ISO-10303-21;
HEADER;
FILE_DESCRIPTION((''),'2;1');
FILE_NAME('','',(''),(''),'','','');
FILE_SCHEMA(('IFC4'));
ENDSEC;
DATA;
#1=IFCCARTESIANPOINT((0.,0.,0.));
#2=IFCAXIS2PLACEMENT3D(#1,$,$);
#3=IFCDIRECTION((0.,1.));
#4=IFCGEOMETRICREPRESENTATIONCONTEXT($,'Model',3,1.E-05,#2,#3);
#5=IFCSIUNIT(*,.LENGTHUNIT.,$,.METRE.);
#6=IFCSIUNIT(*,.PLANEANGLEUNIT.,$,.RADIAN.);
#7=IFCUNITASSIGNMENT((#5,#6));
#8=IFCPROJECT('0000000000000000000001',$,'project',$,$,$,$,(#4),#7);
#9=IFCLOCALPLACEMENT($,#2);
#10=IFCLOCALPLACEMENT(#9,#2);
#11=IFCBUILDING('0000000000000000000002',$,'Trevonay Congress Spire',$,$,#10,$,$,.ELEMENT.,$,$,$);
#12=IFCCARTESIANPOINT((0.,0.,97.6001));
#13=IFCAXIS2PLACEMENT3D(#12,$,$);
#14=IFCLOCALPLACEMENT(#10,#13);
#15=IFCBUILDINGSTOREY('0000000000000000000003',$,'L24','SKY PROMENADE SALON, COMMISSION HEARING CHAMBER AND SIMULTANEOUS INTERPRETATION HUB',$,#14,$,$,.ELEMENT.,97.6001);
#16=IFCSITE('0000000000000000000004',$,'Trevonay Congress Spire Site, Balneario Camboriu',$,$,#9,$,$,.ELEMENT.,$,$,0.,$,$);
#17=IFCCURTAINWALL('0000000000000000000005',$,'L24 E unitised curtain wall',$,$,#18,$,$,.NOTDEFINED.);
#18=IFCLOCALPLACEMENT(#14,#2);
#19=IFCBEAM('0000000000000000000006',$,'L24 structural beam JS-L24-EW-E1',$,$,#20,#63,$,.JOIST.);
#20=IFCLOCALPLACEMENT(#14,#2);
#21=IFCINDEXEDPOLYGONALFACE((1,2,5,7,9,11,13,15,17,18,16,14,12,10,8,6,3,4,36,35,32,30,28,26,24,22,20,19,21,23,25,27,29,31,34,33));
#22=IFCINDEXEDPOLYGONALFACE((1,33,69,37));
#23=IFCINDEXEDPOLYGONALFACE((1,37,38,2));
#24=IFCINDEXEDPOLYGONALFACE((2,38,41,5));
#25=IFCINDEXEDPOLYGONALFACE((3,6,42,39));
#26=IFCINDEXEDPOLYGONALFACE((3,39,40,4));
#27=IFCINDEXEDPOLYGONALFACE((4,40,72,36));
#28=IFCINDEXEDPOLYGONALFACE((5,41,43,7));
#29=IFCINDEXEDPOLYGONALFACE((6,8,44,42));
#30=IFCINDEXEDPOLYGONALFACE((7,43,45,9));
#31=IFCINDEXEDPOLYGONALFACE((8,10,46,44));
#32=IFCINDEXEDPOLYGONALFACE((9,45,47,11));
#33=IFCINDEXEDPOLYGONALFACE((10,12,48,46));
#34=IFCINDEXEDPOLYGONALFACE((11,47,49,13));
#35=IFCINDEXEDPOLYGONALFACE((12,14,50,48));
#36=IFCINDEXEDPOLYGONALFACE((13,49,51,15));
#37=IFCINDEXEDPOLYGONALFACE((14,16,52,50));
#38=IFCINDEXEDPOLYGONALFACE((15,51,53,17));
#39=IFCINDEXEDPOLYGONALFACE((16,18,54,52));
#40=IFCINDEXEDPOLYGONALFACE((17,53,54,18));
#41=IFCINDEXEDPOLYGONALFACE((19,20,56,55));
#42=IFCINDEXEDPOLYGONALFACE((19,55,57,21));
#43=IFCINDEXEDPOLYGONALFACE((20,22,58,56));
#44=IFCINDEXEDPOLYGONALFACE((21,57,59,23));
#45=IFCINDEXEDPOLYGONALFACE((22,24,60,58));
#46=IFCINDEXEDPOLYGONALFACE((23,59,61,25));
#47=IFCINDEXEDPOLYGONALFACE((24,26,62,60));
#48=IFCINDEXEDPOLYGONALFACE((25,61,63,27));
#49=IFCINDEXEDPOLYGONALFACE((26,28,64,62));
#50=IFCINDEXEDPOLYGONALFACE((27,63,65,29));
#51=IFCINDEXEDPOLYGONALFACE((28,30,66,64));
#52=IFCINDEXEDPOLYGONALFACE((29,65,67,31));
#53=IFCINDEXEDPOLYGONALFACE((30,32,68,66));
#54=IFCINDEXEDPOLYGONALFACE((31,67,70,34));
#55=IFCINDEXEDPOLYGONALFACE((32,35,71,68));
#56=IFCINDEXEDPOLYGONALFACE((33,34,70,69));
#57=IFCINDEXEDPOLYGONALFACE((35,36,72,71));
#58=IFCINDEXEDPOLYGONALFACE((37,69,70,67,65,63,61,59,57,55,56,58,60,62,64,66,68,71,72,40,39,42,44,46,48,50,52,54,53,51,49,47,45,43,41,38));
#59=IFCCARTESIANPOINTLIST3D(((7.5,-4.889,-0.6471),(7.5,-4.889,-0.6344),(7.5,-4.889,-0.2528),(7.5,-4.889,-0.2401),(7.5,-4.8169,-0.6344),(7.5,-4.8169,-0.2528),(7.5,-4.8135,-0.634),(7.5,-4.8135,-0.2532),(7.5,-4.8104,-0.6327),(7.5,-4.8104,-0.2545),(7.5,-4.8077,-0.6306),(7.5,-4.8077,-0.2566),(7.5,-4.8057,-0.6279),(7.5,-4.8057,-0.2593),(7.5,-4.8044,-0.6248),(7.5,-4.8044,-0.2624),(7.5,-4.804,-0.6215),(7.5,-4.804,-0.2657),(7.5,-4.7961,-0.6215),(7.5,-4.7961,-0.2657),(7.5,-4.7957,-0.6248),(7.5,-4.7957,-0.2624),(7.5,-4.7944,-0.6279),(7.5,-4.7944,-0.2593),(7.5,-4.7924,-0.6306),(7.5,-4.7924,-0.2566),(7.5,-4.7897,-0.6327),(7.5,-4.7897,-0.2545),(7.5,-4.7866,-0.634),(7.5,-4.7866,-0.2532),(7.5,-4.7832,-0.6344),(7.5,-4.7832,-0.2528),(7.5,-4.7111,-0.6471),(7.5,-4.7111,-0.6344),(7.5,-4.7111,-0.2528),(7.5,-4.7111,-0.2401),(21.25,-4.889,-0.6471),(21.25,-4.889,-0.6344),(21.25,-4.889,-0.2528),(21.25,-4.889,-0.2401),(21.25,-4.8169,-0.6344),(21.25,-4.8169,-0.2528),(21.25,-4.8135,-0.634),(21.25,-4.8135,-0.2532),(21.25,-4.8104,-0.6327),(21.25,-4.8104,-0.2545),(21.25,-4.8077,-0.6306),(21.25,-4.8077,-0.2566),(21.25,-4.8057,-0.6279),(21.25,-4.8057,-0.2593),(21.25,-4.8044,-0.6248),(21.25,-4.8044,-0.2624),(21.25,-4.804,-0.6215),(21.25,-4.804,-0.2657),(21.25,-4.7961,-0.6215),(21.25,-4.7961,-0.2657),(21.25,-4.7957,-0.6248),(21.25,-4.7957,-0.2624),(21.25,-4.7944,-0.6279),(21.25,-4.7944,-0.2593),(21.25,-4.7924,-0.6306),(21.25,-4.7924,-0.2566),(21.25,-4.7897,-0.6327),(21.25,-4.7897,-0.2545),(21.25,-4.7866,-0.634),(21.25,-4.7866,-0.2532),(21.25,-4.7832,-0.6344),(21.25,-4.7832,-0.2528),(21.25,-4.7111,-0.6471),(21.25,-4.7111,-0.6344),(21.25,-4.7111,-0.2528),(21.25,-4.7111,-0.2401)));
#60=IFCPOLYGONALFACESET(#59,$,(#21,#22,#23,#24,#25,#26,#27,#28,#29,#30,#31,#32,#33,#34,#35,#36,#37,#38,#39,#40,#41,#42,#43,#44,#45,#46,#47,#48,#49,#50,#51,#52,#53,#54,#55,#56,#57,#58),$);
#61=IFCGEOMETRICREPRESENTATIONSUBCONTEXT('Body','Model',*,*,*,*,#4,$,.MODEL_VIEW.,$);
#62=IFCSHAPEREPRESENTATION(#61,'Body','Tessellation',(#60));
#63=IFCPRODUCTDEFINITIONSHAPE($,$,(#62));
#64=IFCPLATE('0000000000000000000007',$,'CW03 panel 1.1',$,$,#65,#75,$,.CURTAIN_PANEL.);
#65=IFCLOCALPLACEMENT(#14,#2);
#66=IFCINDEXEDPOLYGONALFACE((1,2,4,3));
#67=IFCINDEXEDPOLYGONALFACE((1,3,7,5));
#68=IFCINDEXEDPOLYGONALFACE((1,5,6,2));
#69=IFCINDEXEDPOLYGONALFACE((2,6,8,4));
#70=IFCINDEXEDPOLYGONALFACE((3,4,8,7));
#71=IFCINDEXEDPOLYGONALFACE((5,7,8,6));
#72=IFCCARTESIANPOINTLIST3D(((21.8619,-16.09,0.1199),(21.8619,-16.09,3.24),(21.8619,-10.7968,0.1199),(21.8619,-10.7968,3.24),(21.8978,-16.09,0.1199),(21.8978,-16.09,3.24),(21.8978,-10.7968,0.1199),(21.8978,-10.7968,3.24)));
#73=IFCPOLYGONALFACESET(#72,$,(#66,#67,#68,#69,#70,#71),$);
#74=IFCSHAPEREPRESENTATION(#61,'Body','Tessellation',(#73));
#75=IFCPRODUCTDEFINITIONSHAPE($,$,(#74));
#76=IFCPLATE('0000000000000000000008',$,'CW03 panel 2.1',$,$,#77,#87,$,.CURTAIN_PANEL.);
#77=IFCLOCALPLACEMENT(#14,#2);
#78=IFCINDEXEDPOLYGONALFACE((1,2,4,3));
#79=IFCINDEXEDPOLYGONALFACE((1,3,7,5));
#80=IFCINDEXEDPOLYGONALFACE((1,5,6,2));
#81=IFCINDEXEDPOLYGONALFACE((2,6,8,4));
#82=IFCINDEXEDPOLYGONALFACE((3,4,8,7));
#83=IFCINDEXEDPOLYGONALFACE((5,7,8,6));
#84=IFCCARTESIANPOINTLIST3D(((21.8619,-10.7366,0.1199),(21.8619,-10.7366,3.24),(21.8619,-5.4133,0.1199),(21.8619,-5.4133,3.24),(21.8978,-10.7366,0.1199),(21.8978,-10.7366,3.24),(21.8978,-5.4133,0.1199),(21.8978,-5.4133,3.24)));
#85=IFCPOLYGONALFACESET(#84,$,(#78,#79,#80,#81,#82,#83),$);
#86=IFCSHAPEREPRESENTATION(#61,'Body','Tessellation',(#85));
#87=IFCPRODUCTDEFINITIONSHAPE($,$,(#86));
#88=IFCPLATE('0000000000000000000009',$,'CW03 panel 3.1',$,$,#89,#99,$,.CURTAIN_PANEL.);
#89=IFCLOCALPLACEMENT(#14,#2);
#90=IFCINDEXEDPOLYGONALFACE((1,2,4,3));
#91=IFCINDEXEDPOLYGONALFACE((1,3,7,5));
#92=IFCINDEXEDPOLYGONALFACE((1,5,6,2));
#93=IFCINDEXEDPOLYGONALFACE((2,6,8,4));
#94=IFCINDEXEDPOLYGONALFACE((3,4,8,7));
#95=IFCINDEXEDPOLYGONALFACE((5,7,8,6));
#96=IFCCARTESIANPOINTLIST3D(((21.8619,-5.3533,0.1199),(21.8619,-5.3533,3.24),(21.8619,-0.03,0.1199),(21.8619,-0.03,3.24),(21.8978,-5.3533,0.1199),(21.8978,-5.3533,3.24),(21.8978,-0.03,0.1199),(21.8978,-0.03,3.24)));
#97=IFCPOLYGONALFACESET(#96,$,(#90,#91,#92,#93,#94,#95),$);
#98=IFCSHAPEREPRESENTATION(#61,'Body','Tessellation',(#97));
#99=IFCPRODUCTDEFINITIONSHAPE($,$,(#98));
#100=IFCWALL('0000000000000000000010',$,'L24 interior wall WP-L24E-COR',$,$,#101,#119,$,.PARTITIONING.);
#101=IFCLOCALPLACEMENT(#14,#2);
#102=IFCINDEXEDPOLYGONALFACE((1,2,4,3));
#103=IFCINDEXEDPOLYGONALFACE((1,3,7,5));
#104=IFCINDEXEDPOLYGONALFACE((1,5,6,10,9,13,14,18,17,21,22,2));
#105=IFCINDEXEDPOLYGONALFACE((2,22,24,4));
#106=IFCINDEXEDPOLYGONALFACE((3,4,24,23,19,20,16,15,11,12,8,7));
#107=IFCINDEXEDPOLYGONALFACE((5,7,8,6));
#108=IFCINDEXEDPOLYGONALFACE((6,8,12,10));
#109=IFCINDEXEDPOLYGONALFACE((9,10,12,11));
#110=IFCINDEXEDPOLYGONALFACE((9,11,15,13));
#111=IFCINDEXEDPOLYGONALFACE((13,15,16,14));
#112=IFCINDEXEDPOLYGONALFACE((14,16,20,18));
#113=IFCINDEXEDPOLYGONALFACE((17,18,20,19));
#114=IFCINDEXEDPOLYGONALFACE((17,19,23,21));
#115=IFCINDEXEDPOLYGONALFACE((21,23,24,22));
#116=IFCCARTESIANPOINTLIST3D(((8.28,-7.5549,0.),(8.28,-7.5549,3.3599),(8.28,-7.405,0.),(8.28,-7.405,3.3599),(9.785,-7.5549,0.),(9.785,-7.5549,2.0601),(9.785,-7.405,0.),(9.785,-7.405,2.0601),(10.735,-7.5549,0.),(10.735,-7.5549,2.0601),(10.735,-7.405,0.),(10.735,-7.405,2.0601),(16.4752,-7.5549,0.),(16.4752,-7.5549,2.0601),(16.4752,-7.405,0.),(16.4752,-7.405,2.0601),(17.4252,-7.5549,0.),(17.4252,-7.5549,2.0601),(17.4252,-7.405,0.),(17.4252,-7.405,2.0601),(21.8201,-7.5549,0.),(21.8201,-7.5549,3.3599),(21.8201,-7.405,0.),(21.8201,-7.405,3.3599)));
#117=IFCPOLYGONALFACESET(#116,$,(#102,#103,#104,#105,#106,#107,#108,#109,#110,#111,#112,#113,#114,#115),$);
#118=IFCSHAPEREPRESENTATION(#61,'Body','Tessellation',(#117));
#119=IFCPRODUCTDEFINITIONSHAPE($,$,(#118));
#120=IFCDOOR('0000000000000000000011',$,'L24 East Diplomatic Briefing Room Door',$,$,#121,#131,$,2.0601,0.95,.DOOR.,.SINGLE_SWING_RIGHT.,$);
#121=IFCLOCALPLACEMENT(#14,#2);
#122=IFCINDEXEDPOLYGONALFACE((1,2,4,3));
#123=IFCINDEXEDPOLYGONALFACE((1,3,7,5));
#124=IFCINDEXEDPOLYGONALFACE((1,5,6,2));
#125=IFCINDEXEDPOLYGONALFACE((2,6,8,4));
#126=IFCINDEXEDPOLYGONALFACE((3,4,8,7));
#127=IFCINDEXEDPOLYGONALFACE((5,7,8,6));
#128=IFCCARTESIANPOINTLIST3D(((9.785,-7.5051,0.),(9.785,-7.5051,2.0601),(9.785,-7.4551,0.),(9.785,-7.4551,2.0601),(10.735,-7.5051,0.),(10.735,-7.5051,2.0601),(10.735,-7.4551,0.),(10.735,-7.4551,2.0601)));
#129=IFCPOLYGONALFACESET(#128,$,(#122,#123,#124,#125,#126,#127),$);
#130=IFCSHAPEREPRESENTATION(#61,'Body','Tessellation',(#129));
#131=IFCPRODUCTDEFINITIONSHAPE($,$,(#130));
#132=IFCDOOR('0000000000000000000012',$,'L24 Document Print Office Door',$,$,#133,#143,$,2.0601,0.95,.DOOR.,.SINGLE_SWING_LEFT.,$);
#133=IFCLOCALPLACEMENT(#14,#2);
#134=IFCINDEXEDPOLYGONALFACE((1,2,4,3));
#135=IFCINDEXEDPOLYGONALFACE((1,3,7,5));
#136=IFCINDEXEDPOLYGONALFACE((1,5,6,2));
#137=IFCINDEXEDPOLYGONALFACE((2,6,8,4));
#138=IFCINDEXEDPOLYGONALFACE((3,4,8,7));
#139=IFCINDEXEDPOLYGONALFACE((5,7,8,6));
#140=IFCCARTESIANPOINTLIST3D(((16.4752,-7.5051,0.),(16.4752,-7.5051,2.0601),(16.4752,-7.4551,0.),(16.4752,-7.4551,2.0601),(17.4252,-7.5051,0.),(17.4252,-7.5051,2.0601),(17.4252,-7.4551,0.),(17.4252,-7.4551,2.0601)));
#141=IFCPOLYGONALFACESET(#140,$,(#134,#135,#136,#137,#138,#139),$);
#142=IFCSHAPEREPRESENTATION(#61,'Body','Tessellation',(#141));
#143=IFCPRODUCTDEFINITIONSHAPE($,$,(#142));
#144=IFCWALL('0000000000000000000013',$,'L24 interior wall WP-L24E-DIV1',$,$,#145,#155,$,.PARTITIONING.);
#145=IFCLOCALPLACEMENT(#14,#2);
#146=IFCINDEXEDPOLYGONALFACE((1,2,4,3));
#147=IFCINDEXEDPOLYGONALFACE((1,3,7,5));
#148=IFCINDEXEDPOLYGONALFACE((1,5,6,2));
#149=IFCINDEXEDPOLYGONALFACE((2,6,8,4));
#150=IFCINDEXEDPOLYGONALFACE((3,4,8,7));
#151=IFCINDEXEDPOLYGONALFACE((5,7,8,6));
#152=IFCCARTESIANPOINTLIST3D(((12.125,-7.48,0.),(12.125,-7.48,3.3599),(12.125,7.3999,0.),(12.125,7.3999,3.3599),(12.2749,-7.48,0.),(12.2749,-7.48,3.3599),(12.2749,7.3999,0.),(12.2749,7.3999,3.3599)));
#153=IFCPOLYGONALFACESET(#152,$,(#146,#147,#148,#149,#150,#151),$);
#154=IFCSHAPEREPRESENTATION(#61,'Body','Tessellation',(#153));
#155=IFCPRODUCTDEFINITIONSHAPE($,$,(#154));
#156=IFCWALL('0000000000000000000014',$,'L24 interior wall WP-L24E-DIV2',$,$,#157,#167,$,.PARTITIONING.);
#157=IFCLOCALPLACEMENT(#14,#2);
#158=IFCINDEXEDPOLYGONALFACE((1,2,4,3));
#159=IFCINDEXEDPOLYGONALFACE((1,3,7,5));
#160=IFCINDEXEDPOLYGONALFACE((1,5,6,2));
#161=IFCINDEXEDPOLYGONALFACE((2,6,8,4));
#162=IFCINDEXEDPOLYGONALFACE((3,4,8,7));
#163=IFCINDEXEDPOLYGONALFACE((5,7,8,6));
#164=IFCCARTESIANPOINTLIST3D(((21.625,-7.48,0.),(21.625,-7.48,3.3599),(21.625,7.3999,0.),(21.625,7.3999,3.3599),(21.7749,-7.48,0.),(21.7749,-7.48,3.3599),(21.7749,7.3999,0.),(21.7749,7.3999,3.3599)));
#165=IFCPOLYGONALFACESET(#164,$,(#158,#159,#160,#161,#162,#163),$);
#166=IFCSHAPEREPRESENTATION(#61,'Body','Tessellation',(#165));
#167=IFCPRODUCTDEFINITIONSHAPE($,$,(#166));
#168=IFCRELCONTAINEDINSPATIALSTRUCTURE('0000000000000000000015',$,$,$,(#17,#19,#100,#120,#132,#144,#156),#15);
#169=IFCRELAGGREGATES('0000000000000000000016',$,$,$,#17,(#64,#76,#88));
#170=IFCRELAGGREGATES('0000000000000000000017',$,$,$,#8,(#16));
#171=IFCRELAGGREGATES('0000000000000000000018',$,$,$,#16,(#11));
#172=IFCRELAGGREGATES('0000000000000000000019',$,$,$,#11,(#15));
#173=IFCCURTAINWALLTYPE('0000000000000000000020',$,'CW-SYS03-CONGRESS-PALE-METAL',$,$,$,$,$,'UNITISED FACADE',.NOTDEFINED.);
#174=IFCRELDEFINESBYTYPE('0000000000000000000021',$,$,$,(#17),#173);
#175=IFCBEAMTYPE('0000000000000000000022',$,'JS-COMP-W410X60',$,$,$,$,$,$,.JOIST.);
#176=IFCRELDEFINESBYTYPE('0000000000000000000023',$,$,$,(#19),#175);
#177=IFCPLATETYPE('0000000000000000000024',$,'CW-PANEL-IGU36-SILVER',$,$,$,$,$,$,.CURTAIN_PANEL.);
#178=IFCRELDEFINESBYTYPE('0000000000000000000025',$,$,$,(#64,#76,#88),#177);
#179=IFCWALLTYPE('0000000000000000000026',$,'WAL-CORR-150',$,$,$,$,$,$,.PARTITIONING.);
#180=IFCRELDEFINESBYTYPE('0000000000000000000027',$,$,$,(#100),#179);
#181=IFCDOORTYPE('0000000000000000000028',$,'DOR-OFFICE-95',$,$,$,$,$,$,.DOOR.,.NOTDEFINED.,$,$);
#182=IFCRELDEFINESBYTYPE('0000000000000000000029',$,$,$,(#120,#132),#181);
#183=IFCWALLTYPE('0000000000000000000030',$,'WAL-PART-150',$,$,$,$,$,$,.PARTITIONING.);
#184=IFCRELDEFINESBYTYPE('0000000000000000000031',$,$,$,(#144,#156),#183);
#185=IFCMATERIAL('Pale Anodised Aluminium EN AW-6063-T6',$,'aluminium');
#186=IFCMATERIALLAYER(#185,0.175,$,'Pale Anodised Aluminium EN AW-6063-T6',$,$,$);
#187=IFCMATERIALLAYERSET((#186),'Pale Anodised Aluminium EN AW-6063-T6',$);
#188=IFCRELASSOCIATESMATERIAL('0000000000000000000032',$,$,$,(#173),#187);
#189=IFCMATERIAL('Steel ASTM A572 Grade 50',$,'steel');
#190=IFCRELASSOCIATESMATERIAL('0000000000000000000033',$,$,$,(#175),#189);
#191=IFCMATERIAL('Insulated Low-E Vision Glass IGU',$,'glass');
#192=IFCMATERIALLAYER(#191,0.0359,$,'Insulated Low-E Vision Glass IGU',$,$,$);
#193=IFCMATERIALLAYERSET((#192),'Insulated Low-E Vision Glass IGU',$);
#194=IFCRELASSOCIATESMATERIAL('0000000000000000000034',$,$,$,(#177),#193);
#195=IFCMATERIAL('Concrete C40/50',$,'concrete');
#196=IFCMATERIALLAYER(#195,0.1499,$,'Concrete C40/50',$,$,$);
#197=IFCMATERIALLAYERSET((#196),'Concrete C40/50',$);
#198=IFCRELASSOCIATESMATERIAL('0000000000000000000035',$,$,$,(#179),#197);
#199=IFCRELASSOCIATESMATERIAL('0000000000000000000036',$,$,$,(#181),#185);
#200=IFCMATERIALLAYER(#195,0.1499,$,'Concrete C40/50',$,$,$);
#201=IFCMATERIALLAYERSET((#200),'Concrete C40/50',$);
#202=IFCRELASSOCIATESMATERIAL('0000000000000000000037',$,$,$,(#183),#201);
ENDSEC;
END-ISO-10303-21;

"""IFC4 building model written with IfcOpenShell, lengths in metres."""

from ifc_helpers import new_model, si_unit, direction, frame, frame_2d, origin, origin_2d, place, context, subcontext, project, spatial, rectangle, i_section, extrude, material, layer, layer_set, material_profile, profile_set, type_object, element, fill, aggregate, save


model = new_model("IFC4")

# Units and contexts
model_context = context("Model", 3, precision=1e-05, world=origin(), true_north=direction((0.0, 1.0)))
body_context = subcontext(model_context, "Body", "Model", "MODEL_VIEW")
ifc_project = project(units=[si_unit("LENGTHUNIT", "METRE"), si_unit("PLANEANGLEUNIT", "RADIAN")], contexts=[model_context])

# Site, building, storey
site_placement = place(None, origin())
site = spatial("IfcSite", under=ifc_project, at=site_placement, Name="Trevonay Congress Spire Site, Balneario Camboriu", CompositionType="ELEMENT", RefElevation=0.0)
building_placement = place(site_placement, origin())
building = spatial("IfcBuilding", under=site, at=building_placement, Name="Trevonay Congress Spire", CompositionType="ELEMENT")
storey_placement = place(building_placement, frame((0.0, 0.0, 97.6001)))
storey = spatial("IfcBuildingStorey", under=building, at=storey_placement, Name="L24", Description="SKY PROMENADE SALON, COMMISSION HEARING CHAMBER AND SIMULTANEOUS INTERPRETATION HUB", CompositionType="ELEMENT", Elevation=97.6001)

# Shared definitions
ifc_material_1 = material(Name="Steel ASTM A572 Grade 50", Category="steel")

# Curtain wall
ifc_material_2 = material(Name="Pale Anodised Aluminium EN AW-6063-T6", Category="aluminium")
ifc_layer_1 = layer(ifc_material_2, 0.175, Name="Pale Anodised Aluminium EN AW-6063-T6")
ifc_layer_set_1 = layer_set([ifc_layer_1], Name="Pale Anodised Aluminium EN AW-6063-T6")
curtain_wall_type = type_object("IfcCurtainWallType", Name="CW-SYS03-CONGRESS-PALE-METAL", ElementType="UNITISED FACADE", PredefinedType="NOTDEFINED", material=ifc_layer_set_1)
curtain_wall_placement = place(storey_placement, origin())
curtain_wall = element("IfcCurtainWall", 1, at=curtain_wall_placement, inside=storey, type_object=curtain_wall_type, Name="L24 E unitised curtain wall", PredefinedType="NOTDEFINED")

# Beam
ifc_material_profile_1 = material_profile(ifc_material_1, i_section(OverallWidth=0.178, OverallDepth=0.407, WebThickness=0.0078, FlangeThickness=0.0127, FilletRadius=0.0129, at=origin_2d()), Name="W410x60")
ifc_profile_set_1 = profile_set([ifc_material_profile_1], Name="Steel ASTM A572 Grade 50")
beam_type_1 = type_object("IfcBeamType", Name="JS-COMP-W410X60", PredefinedType="JOIST", material=ifc_profile_set_1)
beam_1_placement = place(storey_placement, frame((7.5, -4.8, -0.4436), z_axis=(1.0, 0.0, 0.0), x_axis=(0.0, 1.0, 0.0)))
element("IfcBeam", 2, at=beam_1_placement, inside=storey, type_object=beam_type_1, Name="L24 structural beam JS-L24-EW-E1", PredefinedType="JOIST", context=body_context, shape_type="SweptSolid", body=[
    extrude(i_section(OverallWidth=0.178, OverallDepth=0.407, WebThickness=0.0078, FlangeThickness=0.0127, FilletRadius=0.0129, at=origin_2d()), origin(), (0.0, 0.0, 1.0), 13.75),
])

# Plates
ifc_material_3 = material(Name="Insulated Low-E Vision Glass IGU", Category="glass")
ifc_layer_2 = layer(ifc_material_3, 0.0359, Name="Insulated Low-E Vision Glass IGU")
ifc_layer_set_2 = layer_set([ifc_layer_2], Name="Insulated Low-E Vision Glass IGU")
plate_type = type_object("IfcPlateType", Name="CW-PANEL-IGU36-SILVER", PredefinedType="CURTAIN_PANEL", material=ifc_layer_set_2)
plate_1_placement = place(storey_placement, frame((21.8799, -13.4434, 0.1199), z_axis=(0.0, 0.0, 1.0), x_axis=(0.0, 1.0, 0.0)))
plate_1 = element("IfcPlate", 3, at=plate_1_placement, type_object=plate_type, Name="CW03 panel 1.1", PredefinedType="CURTAIN_PANEL", context=body_context, shape_type="SweptSolid", body=[
    extrude(rectangle(XDim=5.2932, YDim=0.0359, at=origin_2d()), origin(), (0.0, 0.0, 1.0), 3.1201),
])
plate_2_placement = place(storey_placement, frame((21.8799, -8.075, 0.1199), z_axis=(0.0, 0.0, 1.0), x_axis=(0.0, 1.0, 0.0)))
plate_2 = element("IfcPlate", 4, at=plate_2_placement, type_object=plate_type, Name="CW03 panel 2.1", PredefinedType="CURTAIN_PANEL", context=body_context, shape_type="SweptSolid", body=[
    extrude(rectangle(XDim=5.3232, YDim=0.0359, at=origin_2d()), origin(), (0.0, 0.0, 1.0), 3.1201),
])
plate_3_placement = place(storey_placement, frame((21.8799, -2.6917, 0.1199), z_axis=(0.0, 0.0, 1.0), x_axis=(0.0, 1.0, 0.0)))
plate_3 = element("IfcPlate", 5, at=plate_3_placement, type_object=plate_type, Name="CW03 panel 3.1", PredefinedType="CURTAIN_PANEL", context=body_context, shape_type="SweptSolid", body=[
    extrude(rectangle(XDim=5.3232, YDim=0.0359, at=origin_2d()), origin(), (0.0, 0.0, 1.0), 3.1201),
])
aggregate(curtain_wall, [plate_1, plate_2, plate_3])

# Wall, openings, doors
ifc_material_4 = material(Name="Concrete C40/50", Category="concrete")
ifc_layer_3 = layer(ifc_material_4, 0.1499, Name="Concrete C40/50")
ifc_layer_set_3 = layer_set([ifc_layer_3], Name="Concrete C40/50")
wall_type_1 = type_object("IfcWallType", Name="WAL-CORR-150", PredefinedType="PARTITIONING", material=ifc_layer_set_3)
wall_placement = place(storey_placement, frame((8.28, -7.48, 0.0), z_axis=(0.0, 0.0, 1.0), x_axis=(1.0, 0.0, 0.0)))
wall = element("IfcWall", 6, at=wall_placement, inside=storey, type_object=wall_type_1, Name="L24 interior wall WP-L24E-COR", PredefinedType="PARTITIONING", context=body_context, shape_type="SweptSolid", body=[
    extrude(rectangle(XDim=13.54, YDim=0.1499, at=frame_2d((6.77, 0.0))), origin(), (0.0, 0.0, 1.0), 3.3599),
])
opening_1_placement = place(wall_placement, frame((1.5049, 0.0, 0.0)))
opening_1 = element("IfcOpeningElement", 7, at=opening_1_placement, cuts=wall, PredefinedType="OPENING", context=body_context, shape_type="SweptSolid", body=[
    extrude(rectangle(XDim=0.95, YDim=2.0601, at=frame_2d((0.4751, 1.03))), frame((0.0, 0.085, 0.0), z_axis=(0.0, -1.0, 0.0), x_axis=(1.0, 0.0, 0.0)), (0.0, 0.0, 1.0), 0.1699),
])
opening_2_placement = place(wall_placement, frame((8.1951, 0.0, 0.0)))
opening_2 = element("IfcOpeningElement", 8, at=opening_2_placement, cuts=wall, PredefinedType="OPENING", context=body_context, shape_type="SweptSolid", body=[
    extrude(rectangle(XDim=0.95, YDim=2.0601, at=frame_2d((0.4751, 1.03))), frame((0.0, 0.085, 0.0), z_axis=(0.0, -1.0, 0.0), x_axis=(1.0, 0.0, 0.0)), (0.0, 0.0, 1.0), 0.1699),
])
door_type = type_object("IfcDoorType", Name="DOR-OFFICE-95", OperationType="NOTDEFINED", PredefinedType="DOOR", material=ifc_material_2)
door_1_placement = place(opening_1_placement, origin())
door_1 = element("IfcDoor", 9, at=door_1_placement, inside=storey, type_object=door_type, Name="L24 East Diplomatic Briefing Room Door", OperationType="SINGLE_SWING_RIGHT", OverallHeight=2.0601, OverallWidth=0.95, PredefinedType="DOOR", context=body_context, shape_type="SweptSolid", body=[
    extrude(rectangle(XDim=0.95, YDim=2.0601, at=frame_2d((0.4751, 1.03))), frame((0.0, 0.0249, 0.0), z_axis=(0.0, -1.0, 0.0), x_axis=(1.0, 0.0, 0.0)), (0.0, 0.0, 1.0), 0.05),
])
fill(opening_1, door_1)
door_2_placement = place(opening_2_placement, origin())
door_2 = element("IfcDoor", 10, at=door_2_placement, inside=storey, type_object=door_type, Name="L24 Document Print Office Door", OperationType="SINGLE_SWING_LEFT", OverallHeight=2.0601, OverallWidth=0.95, PredefinedType="DOOR", context=body_context, shape_type="SweptSolid", body=[
    extrude(rectangle(XDim=0.95, YDim=2.0601, at=frame_2d((0.4751, 1.03))), frame((0.0, 0.0249, 0.0), z_axis=(0.0, -1.0, 0.0), x_axis=(1.0, 0.0, 0.0)), (0.0, 0.0, 1.0), 0.05),
])
fill(opening_2, door_2)

# Walls
ifc_layer_4 = layer(ifc_material_4, 0.1499, Name="Concrete C40/50")
ifc_layer_set_4 = layer_set([ifc_layer_4], Name="Concrete C40/50")
wall_type_2 = type_object("IfcWallType", Name="WAL-PART-150", PredefinedType="PARTITIONING", material=ifc_layer_set_4)
for number, where, z_axis, x_axis, name in (
    (11, (12.2, -7.48, 0.0), (0.0, 0.0, 1.0), (0.0, 1.0, 0.0), "L24 interior wall WP-L24E-DIV1"),
    (12, (21.7, -7.48, 0.0), (0.0, 0.0, 1.0), (0.0, 1.0, 0.0), "L24 interior wall WP-L24E-DIV2"),
):
    element("IfcWall", number, at=place(storey_placement, frame(where, z_axis=z_axis, x_axis=x_axis)), inside=storey, type_object=wall_type_2, Name=name, PredefinedType="PARTITIONING", context=body_context, shape_type="SweptSolid", body=[
        extrude(rectangle(XDim=14.8799, YDim=0.1499, at=frame_2d((7.4399, 0.0))), origin(), (0.0, 0.0, 1.0), 3.3599),
    ])

save(model, "model.ifc")
